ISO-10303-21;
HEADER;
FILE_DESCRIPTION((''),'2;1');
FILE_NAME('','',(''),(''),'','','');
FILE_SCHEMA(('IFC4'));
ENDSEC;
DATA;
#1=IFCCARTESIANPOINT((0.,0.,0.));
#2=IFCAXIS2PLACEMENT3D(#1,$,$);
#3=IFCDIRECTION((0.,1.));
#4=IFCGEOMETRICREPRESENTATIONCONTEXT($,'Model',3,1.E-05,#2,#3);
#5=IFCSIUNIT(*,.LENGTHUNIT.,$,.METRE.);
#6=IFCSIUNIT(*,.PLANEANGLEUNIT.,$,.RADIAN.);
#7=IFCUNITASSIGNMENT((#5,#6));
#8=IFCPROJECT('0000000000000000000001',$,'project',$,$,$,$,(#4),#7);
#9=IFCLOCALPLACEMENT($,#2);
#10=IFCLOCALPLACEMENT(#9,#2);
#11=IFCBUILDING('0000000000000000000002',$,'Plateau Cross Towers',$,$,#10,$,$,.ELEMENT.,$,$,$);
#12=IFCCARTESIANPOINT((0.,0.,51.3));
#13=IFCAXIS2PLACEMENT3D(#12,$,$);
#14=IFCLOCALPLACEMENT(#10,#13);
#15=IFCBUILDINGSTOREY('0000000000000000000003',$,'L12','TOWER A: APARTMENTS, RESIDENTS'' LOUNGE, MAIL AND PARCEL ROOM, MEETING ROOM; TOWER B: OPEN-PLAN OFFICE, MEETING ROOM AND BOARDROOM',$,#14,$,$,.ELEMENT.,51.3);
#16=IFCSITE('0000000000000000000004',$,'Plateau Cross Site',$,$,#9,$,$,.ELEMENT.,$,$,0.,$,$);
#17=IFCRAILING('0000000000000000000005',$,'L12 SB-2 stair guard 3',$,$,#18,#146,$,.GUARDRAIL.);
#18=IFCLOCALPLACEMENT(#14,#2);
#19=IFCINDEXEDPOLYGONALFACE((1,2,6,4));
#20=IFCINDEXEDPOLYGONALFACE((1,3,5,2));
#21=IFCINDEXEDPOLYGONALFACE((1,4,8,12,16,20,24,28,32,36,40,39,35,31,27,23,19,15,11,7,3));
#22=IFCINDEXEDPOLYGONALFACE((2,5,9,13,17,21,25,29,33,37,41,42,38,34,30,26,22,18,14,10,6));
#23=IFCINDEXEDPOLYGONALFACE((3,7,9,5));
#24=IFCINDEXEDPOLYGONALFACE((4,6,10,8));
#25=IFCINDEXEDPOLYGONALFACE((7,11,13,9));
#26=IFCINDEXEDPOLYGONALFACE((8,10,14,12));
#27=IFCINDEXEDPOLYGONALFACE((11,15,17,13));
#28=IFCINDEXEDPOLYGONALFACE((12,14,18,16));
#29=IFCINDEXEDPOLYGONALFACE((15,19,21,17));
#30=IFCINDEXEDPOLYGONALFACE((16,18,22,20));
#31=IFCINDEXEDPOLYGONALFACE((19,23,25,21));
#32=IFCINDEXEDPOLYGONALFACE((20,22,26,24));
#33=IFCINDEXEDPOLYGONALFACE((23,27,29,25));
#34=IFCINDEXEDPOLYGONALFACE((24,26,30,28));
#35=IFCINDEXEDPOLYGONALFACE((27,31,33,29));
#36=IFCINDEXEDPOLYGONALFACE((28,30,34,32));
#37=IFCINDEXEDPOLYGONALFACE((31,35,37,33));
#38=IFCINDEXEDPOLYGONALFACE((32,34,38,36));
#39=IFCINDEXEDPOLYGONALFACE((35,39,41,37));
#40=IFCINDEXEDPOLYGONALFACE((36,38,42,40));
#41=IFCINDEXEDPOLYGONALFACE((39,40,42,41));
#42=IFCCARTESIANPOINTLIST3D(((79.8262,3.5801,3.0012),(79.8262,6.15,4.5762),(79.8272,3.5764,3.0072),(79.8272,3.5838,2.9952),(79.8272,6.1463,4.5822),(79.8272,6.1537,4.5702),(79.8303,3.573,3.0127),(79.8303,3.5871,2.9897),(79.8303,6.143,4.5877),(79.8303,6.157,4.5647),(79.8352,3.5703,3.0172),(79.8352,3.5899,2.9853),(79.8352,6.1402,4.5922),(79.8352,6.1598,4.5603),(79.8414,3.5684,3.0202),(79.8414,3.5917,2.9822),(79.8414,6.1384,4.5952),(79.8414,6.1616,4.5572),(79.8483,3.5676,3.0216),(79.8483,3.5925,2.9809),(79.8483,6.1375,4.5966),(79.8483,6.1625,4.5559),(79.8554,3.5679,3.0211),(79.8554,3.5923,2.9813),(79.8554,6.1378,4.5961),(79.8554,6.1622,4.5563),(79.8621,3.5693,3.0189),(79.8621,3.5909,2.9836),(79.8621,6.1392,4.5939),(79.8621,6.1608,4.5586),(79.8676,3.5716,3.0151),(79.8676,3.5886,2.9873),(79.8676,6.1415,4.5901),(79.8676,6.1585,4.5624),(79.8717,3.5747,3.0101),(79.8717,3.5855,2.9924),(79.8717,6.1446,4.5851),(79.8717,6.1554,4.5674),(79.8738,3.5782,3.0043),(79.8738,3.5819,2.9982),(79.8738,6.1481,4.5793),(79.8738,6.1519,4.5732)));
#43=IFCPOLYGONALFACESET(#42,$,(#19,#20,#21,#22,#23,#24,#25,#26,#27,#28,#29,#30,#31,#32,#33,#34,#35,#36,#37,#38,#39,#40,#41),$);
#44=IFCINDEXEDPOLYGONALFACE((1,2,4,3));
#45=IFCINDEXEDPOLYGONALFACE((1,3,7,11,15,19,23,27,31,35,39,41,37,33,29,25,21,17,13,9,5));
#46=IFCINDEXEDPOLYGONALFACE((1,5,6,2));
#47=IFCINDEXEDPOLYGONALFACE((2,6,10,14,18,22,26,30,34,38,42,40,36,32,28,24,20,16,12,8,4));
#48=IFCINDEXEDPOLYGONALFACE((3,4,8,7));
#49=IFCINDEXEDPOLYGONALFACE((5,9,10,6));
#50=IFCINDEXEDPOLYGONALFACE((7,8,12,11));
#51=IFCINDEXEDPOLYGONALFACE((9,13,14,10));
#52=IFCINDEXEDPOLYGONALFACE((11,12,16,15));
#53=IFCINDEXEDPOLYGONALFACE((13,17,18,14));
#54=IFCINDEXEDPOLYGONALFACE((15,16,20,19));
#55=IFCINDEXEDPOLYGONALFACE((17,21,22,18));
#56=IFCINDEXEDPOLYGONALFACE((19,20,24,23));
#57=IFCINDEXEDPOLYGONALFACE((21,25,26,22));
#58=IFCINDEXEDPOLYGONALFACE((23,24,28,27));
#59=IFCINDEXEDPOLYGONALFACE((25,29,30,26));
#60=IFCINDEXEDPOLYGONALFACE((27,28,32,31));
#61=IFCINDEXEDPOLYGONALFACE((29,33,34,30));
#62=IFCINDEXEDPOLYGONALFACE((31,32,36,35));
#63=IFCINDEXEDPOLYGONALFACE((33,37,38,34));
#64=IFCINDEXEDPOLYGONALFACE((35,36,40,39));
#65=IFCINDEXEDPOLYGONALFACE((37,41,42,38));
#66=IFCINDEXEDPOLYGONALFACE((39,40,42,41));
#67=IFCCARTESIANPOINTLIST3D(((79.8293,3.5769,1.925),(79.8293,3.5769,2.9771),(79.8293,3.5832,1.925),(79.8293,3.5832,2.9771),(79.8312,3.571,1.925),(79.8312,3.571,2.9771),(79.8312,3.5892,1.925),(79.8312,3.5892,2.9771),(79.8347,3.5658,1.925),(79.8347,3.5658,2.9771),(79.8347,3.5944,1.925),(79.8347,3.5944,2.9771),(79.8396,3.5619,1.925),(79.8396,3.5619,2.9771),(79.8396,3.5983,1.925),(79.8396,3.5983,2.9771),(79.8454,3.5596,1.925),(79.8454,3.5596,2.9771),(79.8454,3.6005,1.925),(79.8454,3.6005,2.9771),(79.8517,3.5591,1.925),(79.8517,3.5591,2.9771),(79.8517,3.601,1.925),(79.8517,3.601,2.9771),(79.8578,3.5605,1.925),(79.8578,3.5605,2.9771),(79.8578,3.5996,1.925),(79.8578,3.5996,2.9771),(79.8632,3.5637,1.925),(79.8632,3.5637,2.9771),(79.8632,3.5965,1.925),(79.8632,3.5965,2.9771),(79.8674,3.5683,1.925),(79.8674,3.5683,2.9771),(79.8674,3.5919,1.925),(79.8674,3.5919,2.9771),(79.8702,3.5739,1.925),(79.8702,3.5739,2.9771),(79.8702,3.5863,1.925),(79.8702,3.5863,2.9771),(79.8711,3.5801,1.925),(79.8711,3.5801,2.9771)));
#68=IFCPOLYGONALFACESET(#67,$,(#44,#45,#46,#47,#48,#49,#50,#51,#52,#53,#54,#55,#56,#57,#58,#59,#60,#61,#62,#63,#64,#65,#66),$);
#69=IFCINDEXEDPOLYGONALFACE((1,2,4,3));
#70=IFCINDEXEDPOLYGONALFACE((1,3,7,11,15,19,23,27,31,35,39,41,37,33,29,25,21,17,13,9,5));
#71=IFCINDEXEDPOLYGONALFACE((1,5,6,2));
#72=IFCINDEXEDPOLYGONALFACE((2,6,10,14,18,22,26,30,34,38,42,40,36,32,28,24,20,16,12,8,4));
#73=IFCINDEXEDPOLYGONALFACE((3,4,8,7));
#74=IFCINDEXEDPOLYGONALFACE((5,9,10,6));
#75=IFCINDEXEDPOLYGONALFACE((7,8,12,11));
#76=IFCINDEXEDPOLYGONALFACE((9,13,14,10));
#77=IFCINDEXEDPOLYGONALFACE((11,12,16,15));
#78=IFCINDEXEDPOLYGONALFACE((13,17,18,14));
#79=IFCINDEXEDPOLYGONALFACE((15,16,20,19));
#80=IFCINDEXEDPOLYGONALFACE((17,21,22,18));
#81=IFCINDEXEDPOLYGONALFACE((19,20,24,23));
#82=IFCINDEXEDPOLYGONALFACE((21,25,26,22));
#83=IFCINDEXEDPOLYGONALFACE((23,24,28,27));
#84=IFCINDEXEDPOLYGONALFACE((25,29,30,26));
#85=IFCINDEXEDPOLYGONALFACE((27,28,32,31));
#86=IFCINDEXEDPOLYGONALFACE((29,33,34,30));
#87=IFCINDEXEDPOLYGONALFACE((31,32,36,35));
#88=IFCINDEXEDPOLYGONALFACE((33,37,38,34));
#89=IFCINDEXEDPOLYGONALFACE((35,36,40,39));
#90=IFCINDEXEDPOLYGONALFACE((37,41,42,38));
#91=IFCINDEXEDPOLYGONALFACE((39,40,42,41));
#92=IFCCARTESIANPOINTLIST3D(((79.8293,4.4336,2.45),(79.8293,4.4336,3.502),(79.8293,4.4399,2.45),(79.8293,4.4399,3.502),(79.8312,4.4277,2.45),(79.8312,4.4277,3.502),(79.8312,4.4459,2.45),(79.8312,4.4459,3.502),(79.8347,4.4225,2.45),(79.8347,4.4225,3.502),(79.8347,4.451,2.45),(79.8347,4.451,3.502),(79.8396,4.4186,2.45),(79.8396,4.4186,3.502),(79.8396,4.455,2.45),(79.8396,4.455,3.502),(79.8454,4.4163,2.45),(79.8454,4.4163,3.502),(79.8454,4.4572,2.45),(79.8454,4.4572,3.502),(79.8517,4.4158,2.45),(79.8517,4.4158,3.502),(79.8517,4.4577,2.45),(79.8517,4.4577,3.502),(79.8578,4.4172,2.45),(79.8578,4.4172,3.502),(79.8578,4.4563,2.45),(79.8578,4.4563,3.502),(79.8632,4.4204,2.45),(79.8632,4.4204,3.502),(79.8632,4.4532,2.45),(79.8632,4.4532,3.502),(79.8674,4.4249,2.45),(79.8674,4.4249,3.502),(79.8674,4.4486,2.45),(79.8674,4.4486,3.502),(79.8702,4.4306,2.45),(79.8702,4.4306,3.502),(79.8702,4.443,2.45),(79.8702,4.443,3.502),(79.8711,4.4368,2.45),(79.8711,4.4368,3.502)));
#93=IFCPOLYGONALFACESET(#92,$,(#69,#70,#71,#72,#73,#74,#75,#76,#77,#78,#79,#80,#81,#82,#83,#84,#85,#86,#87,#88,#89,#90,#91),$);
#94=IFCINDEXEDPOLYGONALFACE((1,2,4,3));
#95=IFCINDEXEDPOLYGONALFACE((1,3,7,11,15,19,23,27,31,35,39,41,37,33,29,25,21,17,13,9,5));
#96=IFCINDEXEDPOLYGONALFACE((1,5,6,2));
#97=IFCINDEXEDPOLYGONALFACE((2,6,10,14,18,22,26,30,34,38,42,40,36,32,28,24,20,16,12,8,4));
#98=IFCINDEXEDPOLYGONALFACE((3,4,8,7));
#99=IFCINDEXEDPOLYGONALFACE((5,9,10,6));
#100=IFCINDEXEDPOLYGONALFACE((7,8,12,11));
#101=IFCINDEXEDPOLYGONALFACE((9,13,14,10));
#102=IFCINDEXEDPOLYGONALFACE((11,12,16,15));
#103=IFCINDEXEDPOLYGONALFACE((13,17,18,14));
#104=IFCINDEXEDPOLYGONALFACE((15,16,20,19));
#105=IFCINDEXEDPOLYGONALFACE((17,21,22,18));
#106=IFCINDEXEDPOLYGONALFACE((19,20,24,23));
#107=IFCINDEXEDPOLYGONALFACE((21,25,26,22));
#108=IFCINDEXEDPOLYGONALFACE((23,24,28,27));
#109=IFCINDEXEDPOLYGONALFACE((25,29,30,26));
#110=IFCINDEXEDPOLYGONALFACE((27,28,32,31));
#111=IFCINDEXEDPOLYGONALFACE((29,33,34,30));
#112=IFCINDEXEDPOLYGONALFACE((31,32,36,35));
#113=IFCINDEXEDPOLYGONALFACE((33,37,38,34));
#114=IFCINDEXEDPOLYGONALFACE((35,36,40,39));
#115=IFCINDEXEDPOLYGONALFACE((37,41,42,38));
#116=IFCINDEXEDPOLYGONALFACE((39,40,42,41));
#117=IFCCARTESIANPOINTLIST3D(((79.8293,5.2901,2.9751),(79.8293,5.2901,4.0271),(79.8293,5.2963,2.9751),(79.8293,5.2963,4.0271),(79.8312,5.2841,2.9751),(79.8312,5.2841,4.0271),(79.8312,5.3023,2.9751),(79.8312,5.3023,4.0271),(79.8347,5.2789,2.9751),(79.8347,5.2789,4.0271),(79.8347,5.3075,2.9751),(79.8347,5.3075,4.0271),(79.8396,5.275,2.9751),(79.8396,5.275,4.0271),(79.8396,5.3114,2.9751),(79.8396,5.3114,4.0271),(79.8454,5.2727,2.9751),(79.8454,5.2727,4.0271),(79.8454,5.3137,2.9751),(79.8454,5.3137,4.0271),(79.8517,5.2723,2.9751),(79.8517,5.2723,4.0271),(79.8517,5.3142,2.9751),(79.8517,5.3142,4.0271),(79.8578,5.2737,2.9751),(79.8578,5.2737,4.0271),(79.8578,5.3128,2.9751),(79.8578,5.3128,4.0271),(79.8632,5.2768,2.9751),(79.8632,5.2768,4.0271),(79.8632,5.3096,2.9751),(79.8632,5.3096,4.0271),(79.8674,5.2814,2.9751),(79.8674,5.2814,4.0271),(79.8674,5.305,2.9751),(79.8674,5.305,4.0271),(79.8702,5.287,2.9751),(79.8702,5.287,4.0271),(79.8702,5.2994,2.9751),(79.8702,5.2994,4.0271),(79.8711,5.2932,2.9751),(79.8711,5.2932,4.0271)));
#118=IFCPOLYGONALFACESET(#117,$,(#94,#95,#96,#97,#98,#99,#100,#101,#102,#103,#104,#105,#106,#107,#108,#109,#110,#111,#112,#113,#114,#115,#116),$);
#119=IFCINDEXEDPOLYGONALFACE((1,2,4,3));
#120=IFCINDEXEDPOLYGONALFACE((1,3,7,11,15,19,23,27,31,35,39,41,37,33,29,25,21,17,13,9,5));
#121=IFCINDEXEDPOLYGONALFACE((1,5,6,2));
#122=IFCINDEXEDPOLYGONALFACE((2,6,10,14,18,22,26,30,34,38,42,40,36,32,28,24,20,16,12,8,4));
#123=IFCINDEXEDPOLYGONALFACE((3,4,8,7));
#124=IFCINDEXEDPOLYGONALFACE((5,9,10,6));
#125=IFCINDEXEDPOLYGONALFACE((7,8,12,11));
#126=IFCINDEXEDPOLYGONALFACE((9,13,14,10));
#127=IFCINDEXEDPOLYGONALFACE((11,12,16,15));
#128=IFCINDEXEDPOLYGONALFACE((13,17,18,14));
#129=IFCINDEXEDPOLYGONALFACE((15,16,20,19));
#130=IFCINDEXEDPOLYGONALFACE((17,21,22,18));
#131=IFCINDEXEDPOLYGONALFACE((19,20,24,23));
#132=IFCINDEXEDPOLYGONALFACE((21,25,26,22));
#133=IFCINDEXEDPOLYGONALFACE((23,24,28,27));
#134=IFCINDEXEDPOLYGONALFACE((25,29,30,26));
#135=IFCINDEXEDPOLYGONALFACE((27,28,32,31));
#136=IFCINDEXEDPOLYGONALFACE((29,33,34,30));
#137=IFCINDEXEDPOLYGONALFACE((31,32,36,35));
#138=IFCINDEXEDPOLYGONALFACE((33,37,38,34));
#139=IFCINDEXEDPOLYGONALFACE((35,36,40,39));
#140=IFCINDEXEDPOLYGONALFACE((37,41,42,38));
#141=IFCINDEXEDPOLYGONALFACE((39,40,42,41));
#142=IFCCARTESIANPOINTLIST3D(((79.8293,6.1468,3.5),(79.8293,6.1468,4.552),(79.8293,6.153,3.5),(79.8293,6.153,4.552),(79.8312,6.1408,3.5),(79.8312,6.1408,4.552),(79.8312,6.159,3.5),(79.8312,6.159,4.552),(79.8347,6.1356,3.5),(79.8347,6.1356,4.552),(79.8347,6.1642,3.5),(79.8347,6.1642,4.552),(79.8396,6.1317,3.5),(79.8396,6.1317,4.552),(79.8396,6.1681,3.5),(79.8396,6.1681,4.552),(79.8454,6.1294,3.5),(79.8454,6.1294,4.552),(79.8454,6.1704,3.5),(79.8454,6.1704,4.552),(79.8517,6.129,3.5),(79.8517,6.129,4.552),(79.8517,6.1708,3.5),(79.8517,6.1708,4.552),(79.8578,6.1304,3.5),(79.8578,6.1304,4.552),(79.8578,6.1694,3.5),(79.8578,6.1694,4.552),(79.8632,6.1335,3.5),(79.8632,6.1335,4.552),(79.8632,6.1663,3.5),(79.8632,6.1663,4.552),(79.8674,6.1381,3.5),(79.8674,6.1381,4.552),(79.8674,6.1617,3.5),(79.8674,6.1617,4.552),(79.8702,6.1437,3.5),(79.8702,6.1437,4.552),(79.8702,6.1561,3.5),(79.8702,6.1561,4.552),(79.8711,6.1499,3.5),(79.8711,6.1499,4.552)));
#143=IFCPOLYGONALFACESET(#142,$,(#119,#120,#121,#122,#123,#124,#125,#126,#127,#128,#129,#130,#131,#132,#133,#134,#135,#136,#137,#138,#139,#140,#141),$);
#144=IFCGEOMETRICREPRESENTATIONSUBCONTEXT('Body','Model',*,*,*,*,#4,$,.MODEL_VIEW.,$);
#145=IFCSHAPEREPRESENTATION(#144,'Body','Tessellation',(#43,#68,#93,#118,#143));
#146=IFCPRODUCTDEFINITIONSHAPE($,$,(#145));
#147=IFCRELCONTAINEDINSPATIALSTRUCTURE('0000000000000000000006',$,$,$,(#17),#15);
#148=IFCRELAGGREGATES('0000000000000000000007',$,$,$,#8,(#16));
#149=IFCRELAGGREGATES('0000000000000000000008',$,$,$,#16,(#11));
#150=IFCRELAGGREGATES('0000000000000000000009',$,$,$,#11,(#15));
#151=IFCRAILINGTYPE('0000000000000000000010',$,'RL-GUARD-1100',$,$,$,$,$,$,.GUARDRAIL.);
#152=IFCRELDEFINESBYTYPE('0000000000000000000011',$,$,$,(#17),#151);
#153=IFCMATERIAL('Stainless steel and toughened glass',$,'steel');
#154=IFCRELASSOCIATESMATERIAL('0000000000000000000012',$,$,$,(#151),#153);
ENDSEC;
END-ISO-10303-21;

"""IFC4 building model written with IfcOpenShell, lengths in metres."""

from ifc_helpers import new_model, si_unit, direction, frame, origin, origin_2d, place, context, subcontext, project, spatial, circle, extrude, material, type_object, element, save


model = new_model("IFC4")

# Units and contexts
model_context = context("Model", 3, precision=1e-05, world=origin(), true_north=direction((0.0, 1.0)))
body_context = subcontext(model_context, "Body", "Model", "MODEL_VIEW")
ifc_project = project(units=[si_unit("LENGTHUNIT", "METRE"), si_unit("PLANEANGLEUNIT", "RADIAN")], contexts=[model_context])

# Site, building, storey
site_placement = place(None, origin())
site = spatial("IfcSite", under=ifc_project, at=site_placement, Name="Plateau Cross Site", CompositionType="ELEMENT", RefElevation=0.0)
building_placement = place(site_placement, origin())
building = spatial("IfcBuilding", under=site, at=building_placement, Name="Plateau Cross Towers", CompositionType="ELEMENT")
storey_placement = place(building_placement, frame((0.0, 0.0, 51.3)))
storey = spatial("IfcBuildingStorey", under=building, at=storey_placement, Name="L12", Description="TOWER A: APARTMENTS, RESIDENTS' LOUNGE, MAIL AND PARCEL ROOM, MEETING ROOM; TOWER B: OPEN-PLAN OFFICE, MEETING ROOM AND BOARDROOM", CompositionType="ELEMENT", Elevation=51.3)

# Railing
ifc_material_1 = material(Name="Stainless steel and toughened glass", Category="steel")
railing_type_1 = type_object("IfcRailingType", Name="RL-GUARD-1100", PredefinedType="GUARDRAIL", material=ifc_material_1)
railing_1_placement = place(storey_placement, frame((79.8501, 3.5801, 1.925)))
element("IfcRailing", 1, at=railing_1_placement, inside=storey, type_object=railing_type_1, Name="L12 SB-2 stair guard 3", PredefinedType="GUARDRAIL", context=body_context, shape_type="SweptSolid", body=[
    extrude(circle(Radius=0.0239, at=origin_2d()), frame((0.0, 0.0, 1.0762), z_axis=(0.0, 0.852616, 0.522537), x_axis=(-1.0, 0.0, 0.0)), (0.0, 0.0, 1.0), 3.0142),
    extrude(circle(Radius=0.021, at=origin_2d()), origin(), (0.0, 0.0, 1.0), 1.052),
    extrude(circle(Radius=0.021, at=origin_2d()), frame((0.0, 0.8567, 0.5249)), (0.0, 0.0, 1.0), 1.052),
    extrude(circle(Radius=0.021, at=origin_2d()), frame((0.0, 1.7131, 1.05)), (0.0, 0.0, 1.0), 1.052),
    extrude(circle(Radius=0.021, at=origin_2d()), frame((0.0, 2.5698, 1.575)), (0.0, 0.0, 1.0), 1.052),
])

save(model, "model.ifc")
